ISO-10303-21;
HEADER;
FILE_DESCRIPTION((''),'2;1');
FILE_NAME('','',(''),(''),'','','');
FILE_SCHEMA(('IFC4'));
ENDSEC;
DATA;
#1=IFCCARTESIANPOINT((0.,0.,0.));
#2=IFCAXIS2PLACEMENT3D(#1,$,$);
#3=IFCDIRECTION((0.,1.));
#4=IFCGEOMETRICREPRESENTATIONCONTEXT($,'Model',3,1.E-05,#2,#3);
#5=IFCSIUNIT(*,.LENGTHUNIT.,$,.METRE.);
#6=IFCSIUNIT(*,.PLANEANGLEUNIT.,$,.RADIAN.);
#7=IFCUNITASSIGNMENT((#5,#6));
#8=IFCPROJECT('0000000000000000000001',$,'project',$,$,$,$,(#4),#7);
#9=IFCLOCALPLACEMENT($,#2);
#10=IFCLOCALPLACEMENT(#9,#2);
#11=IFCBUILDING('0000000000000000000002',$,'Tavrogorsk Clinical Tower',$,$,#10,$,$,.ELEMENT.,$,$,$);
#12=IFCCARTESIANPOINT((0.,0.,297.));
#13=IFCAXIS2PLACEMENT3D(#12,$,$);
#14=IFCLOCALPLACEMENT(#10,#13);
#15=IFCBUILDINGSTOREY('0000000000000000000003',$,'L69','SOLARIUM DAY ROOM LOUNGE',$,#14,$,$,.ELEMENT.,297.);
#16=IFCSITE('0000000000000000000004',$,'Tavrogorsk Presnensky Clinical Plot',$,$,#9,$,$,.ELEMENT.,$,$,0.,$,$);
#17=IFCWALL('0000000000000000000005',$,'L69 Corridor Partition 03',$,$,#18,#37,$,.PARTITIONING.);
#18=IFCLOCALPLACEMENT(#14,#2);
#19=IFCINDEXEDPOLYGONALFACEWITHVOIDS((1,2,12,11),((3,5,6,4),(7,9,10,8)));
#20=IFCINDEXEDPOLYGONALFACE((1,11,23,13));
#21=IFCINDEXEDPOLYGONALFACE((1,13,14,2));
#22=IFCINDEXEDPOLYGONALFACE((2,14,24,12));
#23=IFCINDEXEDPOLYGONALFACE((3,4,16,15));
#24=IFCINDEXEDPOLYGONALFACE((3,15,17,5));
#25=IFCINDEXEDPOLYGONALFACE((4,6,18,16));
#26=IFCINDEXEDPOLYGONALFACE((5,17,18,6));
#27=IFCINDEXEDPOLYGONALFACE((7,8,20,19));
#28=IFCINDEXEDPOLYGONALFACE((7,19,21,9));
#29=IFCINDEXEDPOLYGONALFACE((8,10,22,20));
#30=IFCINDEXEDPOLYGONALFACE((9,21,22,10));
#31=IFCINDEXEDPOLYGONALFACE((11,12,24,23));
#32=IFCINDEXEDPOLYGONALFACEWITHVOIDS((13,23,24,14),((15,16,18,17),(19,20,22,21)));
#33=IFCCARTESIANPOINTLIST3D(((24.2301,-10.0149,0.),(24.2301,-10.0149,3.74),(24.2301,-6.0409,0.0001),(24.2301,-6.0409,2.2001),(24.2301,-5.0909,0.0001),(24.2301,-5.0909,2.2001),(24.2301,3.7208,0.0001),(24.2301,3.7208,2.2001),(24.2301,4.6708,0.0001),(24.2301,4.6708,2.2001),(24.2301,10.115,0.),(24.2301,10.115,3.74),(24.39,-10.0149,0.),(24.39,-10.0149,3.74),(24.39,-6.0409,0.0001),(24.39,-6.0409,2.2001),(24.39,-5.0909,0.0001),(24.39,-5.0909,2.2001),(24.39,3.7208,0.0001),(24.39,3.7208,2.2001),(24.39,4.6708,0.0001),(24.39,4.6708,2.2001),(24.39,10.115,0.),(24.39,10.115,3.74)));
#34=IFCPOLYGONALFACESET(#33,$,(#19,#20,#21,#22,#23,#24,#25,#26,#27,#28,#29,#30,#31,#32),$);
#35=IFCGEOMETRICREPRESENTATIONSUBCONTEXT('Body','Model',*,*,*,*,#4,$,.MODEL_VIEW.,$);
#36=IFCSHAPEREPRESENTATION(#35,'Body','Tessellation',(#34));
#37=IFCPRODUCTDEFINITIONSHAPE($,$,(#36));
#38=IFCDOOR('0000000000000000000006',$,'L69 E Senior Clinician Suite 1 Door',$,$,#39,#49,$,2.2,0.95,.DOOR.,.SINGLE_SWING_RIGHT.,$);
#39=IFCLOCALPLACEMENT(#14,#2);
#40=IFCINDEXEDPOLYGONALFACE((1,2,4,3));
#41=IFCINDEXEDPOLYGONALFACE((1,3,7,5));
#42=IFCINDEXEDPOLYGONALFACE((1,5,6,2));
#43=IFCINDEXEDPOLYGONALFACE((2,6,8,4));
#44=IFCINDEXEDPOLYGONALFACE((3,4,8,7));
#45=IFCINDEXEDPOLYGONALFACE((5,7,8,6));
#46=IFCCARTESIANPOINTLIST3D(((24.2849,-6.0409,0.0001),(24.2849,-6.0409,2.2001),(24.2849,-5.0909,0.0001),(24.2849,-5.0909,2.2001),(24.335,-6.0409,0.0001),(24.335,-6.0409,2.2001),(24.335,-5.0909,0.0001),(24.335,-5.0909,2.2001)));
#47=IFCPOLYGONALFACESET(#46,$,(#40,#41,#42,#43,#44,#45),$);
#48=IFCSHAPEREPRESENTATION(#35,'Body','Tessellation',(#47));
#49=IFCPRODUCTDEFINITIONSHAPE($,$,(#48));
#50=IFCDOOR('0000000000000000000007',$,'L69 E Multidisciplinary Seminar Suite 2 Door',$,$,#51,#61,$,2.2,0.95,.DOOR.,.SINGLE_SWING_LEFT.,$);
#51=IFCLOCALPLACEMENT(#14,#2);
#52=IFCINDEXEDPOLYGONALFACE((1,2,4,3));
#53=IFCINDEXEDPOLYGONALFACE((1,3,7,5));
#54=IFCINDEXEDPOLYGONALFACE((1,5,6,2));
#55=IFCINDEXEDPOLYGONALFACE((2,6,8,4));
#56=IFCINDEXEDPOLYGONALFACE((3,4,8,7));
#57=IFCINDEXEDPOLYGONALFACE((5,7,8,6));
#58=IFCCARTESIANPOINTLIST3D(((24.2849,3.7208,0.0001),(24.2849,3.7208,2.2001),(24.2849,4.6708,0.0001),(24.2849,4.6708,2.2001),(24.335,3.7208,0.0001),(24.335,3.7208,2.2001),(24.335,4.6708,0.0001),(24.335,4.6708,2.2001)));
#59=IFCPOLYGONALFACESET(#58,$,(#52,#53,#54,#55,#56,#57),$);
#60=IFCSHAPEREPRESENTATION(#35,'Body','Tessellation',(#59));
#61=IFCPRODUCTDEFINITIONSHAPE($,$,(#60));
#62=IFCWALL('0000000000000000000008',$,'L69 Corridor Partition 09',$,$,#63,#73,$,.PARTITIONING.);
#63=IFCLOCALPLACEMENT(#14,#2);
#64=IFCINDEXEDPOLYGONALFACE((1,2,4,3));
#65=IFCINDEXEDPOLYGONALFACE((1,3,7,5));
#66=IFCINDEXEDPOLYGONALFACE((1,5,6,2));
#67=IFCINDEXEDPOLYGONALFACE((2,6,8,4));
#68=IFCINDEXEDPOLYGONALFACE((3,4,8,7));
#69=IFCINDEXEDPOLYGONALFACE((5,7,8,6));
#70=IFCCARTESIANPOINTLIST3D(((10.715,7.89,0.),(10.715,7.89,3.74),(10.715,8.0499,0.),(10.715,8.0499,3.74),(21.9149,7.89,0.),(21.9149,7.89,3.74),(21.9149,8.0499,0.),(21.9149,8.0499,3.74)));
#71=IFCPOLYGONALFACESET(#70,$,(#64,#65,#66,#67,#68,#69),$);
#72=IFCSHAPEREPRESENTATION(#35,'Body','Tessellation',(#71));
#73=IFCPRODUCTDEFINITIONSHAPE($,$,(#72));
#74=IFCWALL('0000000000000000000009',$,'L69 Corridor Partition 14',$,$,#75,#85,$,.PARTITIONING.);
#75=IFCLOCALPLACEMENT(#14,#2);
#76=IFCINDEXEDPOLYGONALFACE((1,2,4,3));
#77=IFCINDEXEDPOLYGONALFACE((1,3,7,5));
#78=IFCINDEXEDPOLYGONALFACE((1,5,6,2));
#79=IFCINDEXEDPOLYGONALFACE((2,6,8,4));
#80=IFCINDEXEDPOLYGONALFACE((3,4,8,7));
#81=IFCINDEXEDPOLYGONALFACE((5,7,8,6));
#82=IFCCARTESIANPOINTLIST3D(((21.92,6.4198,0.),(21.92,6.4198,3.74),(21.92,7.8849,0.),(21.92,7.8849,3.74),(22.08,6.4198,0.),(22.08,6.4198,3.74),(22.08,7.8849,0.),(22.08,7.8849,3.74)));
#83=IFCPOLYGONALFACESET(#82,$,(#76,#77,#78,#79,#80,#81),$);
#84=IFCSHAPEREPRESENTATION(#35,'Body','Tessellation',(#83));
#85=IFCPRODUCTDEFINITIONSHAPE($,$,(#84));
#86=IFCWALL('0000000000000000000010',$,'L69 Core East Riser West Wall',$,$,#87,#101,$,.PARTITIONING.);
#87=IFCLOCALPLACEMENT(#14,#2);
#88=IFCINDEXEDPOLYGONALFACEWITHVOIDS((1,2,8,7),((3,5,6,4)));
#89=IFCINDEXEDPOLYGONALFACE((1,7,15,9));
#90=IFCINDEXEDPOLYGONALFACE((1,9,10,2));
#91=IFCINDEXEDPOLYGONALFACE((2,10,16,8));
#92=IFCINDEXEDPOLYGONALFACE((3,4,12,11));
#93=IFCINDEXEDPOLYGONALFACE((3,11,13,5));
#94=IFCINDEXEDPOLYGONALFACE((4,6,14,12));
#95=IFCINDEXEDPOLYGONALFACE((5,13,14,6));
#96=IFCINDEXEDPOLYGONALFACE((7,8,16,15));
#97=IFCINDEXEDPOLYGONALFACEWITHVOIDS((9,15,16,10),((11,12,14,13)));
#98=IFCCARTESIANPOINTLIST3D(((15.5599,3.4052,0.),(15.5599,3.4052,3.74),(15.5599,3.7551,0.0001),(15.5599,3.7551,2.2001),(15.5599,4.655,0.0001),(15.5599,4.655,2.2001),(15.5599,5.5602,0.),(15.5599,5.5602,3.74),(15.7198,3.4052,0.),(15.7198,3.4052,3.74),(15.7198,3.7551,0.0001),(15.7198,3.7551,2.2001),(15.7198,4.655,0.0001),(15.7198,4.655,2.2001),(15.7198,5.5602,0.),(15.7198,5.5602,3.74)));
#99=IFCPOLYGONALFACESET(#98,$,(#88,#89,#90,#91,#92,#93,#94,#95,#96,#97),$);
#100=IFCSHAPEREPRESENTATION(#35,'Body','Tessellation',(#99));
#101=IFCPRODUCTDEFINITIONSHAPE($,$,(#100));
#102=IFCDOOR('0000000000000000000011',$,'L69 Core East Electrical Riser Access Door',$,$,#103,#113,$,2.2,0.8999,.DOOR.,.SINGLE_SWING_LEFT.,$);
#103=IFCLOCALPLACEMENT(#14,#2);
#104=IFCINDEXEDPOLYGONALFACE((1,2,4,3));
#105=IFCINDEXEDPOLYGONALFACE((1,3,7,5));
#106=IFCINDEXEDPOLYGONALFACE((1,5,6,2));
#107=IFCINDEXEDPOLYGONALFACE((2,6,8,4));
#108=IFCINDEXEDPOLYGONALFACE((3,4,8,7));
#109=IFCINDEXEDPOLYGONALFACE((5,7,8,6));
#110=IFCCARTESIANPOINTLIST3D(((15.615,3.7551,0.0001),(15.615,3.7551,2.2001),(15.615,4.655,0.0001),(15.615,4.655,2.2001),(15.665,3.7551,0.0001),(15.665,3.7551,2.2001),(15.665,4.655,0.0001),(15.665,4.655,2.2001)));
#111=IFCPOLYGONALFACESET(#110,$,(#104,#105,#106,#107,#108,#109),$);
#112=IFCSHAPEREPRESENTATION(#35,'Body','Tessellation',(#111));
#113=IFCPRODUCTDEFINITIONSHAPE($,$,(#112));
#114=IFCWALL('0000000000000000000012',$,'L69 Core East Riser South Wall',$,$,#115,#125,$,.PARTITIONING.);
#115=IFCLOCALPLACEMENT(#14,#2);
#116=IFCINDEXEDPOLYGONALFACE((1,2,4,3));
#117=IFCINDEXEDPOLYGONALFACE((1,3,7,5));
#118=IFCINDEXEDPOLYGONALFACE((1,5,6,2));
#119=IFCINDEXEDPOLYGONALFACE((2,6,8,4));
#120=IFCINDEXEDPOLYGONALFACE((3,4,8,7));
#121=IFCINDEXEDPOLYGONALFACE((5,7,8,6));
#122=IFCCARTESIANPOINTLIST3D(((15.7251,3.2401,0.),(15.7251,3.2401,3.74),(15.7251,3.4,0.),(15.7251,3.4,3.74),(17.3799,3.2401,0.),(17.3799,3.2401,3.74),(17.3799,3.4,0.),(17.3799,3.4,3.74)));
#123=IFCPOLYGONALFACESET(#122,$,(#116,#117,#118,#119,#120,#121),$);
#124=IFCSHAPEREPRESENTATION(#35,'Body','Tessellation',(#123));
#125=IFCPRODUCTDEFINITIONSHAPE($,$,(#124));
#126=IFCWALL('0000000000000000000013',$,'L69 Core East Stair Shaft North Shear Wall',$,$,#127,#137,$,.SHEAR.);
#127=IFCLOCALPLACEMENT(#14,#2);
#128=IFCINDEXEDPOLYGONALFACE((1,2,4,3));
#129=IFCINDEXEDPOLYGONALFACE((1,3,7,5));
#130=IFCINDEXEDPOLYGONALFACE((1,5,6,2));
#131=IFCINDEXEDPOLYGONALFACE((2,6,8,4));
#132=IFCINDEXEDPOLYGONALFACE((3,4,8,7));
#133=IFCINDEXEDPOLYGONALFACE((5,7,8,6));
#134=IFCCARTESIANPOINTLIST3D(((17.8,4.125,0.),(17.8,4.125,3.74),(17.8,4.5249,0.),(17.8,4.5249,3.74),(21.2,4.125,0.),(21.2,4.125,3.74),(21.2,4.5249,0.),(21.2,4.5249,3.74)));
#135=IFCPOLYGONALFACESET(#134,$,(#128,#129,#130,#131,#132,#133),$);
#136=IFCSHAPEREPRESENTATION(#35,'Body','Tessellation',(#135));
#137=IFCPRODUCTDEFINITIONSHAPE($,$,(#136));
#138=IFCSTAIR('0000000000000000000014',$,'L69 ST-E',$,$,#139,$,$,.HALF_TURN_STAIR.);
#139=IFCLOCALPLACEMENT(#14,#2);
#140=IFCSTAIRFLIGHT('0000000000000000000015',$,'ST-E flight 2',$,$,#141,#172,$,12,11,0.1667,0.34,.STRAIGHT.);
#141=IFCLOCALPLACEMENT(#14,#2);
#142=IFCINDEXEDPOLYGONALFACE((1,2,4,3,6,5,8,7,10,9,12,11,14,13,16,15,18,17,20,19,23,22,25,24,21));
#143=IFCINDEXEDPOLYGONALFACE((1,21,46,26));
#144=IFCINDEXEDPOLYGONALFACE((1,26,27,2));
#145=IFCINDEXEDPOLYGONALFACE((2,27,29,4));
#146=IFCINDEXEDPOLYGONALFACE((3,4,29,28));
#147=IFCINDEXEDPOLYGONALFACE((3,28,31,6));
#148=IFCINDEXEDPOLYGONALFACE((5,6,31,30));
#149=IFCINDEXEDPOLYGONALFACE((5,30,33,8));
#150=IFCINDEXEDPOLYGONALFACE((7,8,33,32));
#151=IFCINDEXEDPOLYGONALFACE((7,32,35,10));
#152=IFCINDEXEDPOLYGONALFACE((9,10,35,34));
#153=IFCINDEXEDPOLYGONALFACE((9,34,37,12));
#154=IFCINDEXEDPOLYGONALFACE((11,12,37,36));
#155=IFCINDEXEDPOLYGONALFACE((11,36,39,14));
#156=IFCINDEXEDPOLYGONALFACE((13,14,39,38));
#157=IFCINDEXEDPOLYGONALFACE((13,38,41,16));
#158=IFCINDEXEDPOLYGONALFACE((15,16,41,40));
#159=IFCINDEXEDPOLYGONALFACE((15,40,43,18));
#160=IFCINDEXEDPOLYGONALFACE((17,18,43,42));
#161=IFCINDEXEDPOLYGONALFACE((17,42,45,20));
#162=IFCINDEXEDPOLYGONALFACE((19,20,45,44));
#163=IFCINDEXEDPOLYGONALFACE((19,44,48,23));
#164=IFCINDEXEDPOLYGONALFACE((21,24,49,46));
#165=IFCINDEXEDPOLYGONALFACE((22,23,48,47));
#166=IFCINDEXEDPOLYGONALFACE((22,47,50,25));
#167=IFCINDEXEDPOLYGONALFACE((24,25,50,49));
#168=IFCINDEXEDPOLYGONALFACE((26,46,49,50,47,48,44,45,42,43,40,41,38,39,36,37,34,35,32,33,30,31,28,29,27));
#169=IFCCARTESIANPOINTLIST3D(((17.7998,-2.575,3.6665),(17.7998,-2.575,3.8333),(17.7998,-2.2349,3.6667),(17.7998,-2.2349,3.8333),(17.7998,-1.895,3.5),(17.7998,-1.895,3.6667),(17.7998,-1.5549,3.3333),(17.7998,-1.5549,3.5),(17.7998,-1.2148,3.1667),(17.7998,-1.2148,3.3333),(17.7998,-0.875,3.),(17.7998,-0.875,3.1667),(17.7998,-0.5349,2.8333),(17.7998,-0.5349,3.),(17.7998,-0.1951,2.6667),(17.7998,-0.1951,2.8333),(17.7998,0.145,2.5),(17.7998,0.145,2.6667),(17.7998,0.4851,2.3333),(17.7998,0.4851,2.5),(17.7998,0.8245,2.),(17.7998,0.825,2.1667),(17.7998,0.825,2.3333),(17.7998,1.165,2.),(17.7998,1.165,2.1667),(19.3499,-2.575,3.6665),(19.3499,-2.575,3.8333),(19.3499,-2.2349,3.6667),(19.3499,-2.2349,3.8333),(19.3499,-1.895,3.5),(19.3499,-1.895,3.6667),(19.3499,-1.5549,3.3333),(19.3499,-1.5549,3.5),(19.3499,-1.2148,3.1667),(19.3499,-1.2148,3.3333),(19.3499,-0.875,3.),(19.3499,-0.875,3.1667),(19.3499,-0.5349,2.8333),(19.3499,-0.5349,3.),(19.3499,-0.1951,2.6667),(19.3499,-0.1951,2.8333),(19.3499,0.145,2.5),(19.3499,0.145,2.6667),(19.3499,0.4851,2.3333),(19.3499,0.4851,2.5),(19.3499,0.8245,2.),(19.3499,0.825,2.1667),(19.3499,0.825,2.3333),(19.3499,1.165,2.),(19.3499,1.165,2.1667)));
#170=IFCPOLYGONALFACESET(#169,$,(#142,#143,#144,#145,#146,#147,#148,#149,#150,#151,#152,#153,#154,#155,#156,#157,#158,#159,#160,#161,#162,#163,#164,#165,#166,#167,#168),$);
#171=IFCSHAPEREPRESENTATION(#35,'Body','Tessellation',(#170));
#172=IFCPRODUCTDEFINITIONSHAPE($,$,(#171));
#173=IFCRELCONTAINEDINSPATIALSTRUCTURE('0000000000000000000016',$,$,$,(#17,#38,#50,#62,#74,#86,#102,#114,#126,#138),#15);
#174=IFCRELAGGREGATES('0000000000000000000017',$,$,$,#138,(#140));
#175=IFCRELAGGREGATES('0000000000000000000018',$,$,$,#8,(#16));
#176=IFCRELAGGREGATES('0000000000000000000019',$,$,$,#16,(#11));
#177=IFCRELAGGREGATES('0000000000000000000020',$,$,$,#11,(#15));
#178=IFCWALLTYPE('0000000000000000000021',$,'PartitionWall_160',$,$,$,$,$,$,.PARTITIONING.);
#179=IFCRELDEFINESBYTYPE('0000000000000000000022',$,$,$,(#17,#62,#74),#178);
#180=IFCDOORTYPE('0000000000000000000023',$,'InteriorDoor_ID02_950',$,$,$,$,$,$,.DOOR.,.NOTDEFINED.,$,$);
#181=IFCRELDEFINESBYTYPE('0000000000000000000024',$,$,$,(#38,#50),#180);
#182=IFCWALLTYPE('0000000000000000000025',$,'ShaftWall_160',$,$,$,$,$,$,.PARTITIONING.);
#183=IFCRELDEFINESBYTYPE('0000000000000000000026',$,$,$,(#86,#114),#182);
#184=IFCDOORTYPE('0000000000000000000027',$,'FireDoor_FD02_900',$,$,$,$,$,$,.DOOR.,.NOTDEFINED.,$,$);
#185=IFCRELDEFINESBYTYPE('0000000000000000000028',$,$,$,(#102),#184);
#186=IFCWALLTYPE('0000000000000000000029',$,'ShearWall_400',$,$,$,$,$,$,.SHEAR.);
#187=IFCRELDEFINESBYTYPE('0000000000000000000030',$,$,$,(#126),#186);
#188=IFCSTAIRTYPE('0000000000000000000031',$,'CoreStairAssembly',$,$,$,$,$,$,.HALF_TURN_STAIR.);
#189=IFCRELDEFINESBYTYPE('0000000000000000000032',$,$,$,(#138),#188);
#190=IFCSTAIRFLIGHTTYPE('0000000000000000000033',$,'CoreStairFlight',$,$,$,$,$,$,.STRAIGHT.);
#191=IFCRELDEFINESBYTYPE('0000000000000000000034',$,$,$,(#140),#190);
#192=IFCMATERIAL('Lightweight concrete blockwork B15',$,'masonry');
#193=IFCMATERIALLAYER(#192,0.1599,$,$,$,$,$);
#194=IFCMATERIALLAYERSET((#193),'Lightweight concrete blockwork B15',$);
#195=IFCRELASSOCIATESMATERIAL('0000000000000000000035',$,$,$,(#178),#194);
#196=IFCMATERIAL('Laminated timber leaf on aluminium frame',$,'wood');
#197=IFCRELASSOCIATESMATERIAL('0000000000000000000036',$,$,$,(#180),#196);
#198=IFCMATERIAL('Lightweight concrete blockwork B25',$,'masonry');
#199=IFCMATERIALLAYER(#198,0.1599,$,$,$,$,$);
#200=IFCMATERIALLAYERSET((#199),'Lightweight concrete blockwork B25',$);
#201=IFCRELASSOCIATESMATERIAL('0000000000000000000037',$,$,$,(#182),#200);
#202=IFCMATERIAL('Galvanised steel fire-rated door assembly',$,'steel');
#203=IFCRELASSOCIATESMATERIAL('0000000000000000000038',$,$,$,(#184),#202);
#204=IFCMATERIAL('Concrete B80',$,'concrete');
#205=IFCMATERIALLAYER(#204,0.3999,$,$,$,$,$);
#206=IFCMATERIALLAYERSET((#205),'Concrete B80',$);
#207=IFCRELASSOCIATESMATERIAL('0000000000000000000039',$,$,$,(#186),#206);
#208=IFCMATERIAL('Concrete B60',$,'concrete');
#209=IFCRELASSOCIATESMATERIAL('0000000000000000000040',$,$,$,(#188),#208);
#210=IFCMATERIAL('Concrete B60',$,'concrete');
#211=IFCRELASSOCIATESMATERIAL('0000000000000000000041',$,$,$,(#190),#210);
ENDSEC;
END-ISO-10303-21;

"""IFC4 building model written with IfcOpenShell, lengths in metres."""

from ifc_helpers import new_model, si_unit, direction, frame, frame_2d, origin, place, context, subcontext, project, spatial, polyline, rectangle, outline, extrude, material, layer, layer_set, type_object, element, fill, aggregate, save


model = new_model("IFC4")

# Units and contexts
model_context = context("Model", 3, precision=1e-05, world=origin(), true_north=direction((0.0, 1.0)))
body_context = subcontext(model_context, "Body", "Model", "MODEL_VIEW")
ifc_project = project(units=[si_unit("LENGTHUNIT", "METRE"), si_unit("PLANEANGLEUNIT", "RADIAN")], contexts=[model_context])

# Site, building, storey
site_placement = place(None, origin())
site = spatial("IfcSite", under=ifc_project, at=site_placement, Name="Tavrogorsk Presnensky Clinical Plot", CompositionType="ELEMENT", RefElevation=0.0)
building_placement = place(site_placement, origin())
building = spatial("IfcBuilding", under=site, at=building_placement, Name="Tavrogorsk Clinical Tower", CompositionType="ELEMENT")
storey_placement = place(building_placement, frame((0.0, 0.0, 297.0)))
storey = spatial("IfcBuildingStorey", under=building, at=storey_placement, Name="L69", Description="SOLARIUM DAY ROOM LOUNGE", CompositionType="ELEMENT", Elevation=297.0)

# Wall, openings, doors
ifc_material_1 = material(Name="Lightweight concrete blockwork B15", Category="masonry")
ifc_layer_1 = layer(ifc_material_1, 0.1599)
ifc_layer_set_1 = layer_set([ifc_layer_1], Name="Lightweight concrete blockwork B15")
wall_type_1 = type_object("IfcWallType", Name="PartitionWall_160", PredefinedType="PARTITIONING", material=ifc_layer_set_1)
wall_1_placement = place(storey_placement, frame((24.3101, 10.115, 0.0), z_axis=(0.0, 0.0, 1.0), x_axis=(0.0, -1.0, 0.0)))
wall_1 = element("IfcWall", 1, at=wall_1_placement, inside=storey, type_object=wall_type_1, Name="L69 Corridor Partition 03", PredefinedType="PARTITIONING", context=body_context, shape_type="SweptSolid", body=[
    extrude(rectangle(XDim=20.1299, YDim=0.1599, at=frame_2d((10.0649, 0.0))), origin(), (0.0, 0.0, 1.0), 3.74),
])
opening_1_placement = place(wall_1_placement, frame((15.2058, 0.0, 0.0)))
opening_1 = element("IfcOpeningElement", 2, at=opening_1_placement, cuts=wall_1, PredefinedType="OPENING", context=body_context, shape_type="SweptSolid", body=[
    extrude(rectangle(XDim=0.95, YDim=2.2, at=frame_2d((0.4751, 1.1001))), frame((0.0, 0.0898, 0.0), z_axis=(0.0, -1.0, 0.0), x_axis=(1.0, 0.0, 0.0)), (0.0, 0.0, 1.0), 0.1799),
])
opening_2_placement = place(wall_1_placement, frame((5.4441, 0.0, 0.0)))
opening_2 = element("IfcOpeningElement", 3, at=opening_2_placement, cuts=wall_1, PredefinedType="OPENING", context=body_context, shape_type="SweptSolid", body=[
    extrude(rectangle(XDim=0.95, YDim=2.2, at=frame_2d((0.4751, 1.1001))), frame((0.0, 0.0898, 0.0), z_axis=(0.0, -1.0, 0.0), x_axis=(1.0, 0.0, 0.0)), (0.0, 0.0, 1.0), 0.1799),
])
ifc_material_2 = material(Name="Laminated timber leaf on aluminium frame", Category="wood")
door_type_1 = type_object("IfcDoorType", Name="InteriorDoor_ID02_950", OperationType="NOTDEFINED", PredefinedType="DOOR", material=ifc_material_2)
door_1_placement = place(opening_1_placement, origin())
door_1 = element("IfcDoor", 4, at=door_1_placement, inside=storey, type_object=door_type_1, Name="L69 E Senior Clinician Suite 1 Door", OperationType="SINGLE_SWING_RIGHT", OverallHeight=2.2, OverallWidth=0.95, PredefinedType="DOOR", context=body_context, shape_type="SweptSolid", body=[
    extrude(rectangle(XDim=0.95, YDim=2.2, at=frame_2d((0.4751, 1.1001))), frame((0.0, 0.0249, 0.0), z_axis=(0.0, -1.0, 0.0), x_axis=(1.0, 0.0, 0.0)), (0.0, 0.0, 1.0), 0.05),
])
fill(opening_1, door_1)
door_2_placement = place(opening_2_placement, origin())
door_2 = element("IfcDoor", 5, at=door_2_placement, inside=storey, type_object=door_type_1, Name="L69 E Multidisciplinary Seminar Suite 2 Door", OperationType="SINGLE_SWING_LEFT", OverallHeight=2.2, OverallWidth=0.95, PredefinedType="DOOR", context=body_context, shape_type="SweptSolid", body=[
    extrude(rectangle(XDim=0.95, YDim=2.2, at=frame_2d((0.4751, 1.1001))), frame((0.0, 0.0249, 0.0), z_axis=(0.0, -1.0, 0.0), x_axis=(1.0, 0.0, 0.0)), (0.0, 0.0, 1.0), 0.05),
])
fill(opening_2, door_2)

# Walls
wall_2_placement = place(storey_placement, frame((21.915, 7.97, 0.0), z_axis=(0.0, 0.0, 1.0), x_axis=(-1.0, 0.0, 0.0)))
element("IfcWall", 6, at=wall_2_placement, inside=storey, type_object=wall_type_1, Name="L69 Corridor Partition 09", PredefinedType="PARTITIONING", context=body_context, shape_type="SweptSolid", body=[
    extrude(rectangle(XDim=11.2, YDim=0.1599, at=frame_2d((5.6001, 0.0))), origin(), (0.0, 0.0, 1.0), 3.74),
])
wall_3_placement = place(storey_placement, frame((22.0, 6.4199, 0.0), z_axis=(0.0, 0.0, 1.0), x_axis=(0.0, 1.0, 0.0)))
element("IfcWall", 7, at=wall_3_placement, inside=storey, type_object=wall_type_1, Name="L69 Corridor Partition 14", PredefinedType="PARTITIONING", context=body_context, shape_type="SweptSolid", body=[
    extrude(rectangle(XDim=1.4651, YDim=0.1599, at=frame_2d((0.7324, 0.0))), origin(), (0.0, 0.0, 1.0), 3.74),
])

# Wall, opening, door
ifc_material_3 = material(Name="Lightweight concrete blockwork B25", Category="masonry")
ifc_layer_2 = layer(ifc_material_3, 0.1599)
ifc_layer_set_2 = layer_set([ifc_layer_2], Name="Lightweight concrete blockwork B25")
wall_type_2 = type_object("IfcWallType", Name="ShaftWall_160", PredefinedType="PARTITIONING", material=ifc_layer_set_2)
wall_4_placement = place(storey_placement, frame((15.6399, 3.405, 0.0), z_axis=(0.0, 0.0, 1.0), x_axis=(0.0, 1.0, 0.0)))
wall_4 = element("IfcWall", 8, at=wall_4_placement, inside=storey, type_object=wall_type_2, Name="L69 Core East Riser West Wall", PredefinedType="PARTITIONING", context=body_context, shape_type="SweptSolid", body=[
    extrude(rectangle(XDim=2.155, YDim=0.1599, at=frame_2d((1.0776, 0.0))), origin(), (0.0, 0.0, 1.0), 3.74),
])
opening_3_placement = place(wall_4_placement, frame((0.3501, 0.0, 0.0)))
opening_3 = element("IfcOpeningElement", 9, at=opening_3_placement, cuts=wall_4, PredefinedType="OPENING", context=body_context, shape_type="SweptSolid", body=[
    extrude(rectangle(XDim=0.8999, YDim=2.2, at=frame_2d((0.45, 1.1001))), frame((0.0, 0.0898, 0.0), z_axis=(0.0, -1.0, 0.0), x_axis=(1.0, 0.0, 0.0)), (0.0, 0.0, 1.0), 0.1799),
])
ifc_material_4 = material(Name="Galvanised steel fire-rated door assembly", Category="steel")
door_type_2 = type_object("IfcDoorType", Name="FireDoor_FD02_900", OperationType="NOTDEFINED", PredefinedType="DOOR", material=ifc_material_4)
door_3_placement = place(opening_3_placement, origin())
door_3 = element("IfcDoor", 10, at=door_3_placement, inside=storey, type_object=door_type_2, Name="L69 Core East Electrical Riser Access Door", OperationType="SINGLE_SWING_LEFT", OverallHeight=2.2, OverallWidth=0.8999, PredefinedType="DOOR", context=body_context, shape_type="SweptSolid", body=[
    extrude(rectangle(XDim=0.8999, YDim=2.2, at=frame_2d((0.45, 1.1001))), frame((0.0, 0.0249, 0.0), z_axis=(0.0, -1.0, 0.0), x_axis=(1.0, 0.0, 0.0)), (0.0, 0.0, 1.0), 0.05),
])
fill(opening_3, door_3)

# Walls
wall_5_placement = place(storey_placement, frame((15.7251, 3.3201, 0.0), z_axis=(0.0, 0.0, 1.0), x_axis=(1.0, 0.0, 0.0)))
element("IfcWall", 11, at=wall_5_placement, inside=storey, type_object=wall_type_2, Name="L69 Core East Riser South Wall", PredefinedType="PARTITIONING", context=body_context, shape_type="SweptSolid", body=[
    extrude(rectangle(XDim=1.6548, YDim=0.1599, at=frame_2d((0.8274, 0.0))), origin(), (0.0, 0.0, 1.0), 3.74),
])
ifc_material_5 = material(Name="Concrete B80", Category="concrete")
ifc_layer_3 = layer(ifc_material_5, 0.3999)
ifc_layer_set_3 = layer_set([ifc_layer_3], Name="Concrete B80")
wall_type_3 = type_object("IfcWallType", Name="ShearWall_400", PredefinedType="SHEAR", material=ifc_layer_set_3)
wall_6_placement = place(storey_placement, frame((17.8, 4.325, 0.0), z_axis=(0.0, 0.0, 1.0), x_axis=(1.0, 0.0, 0.0)))
element("IfcWall", 12, at=wall_6_placement, inside=storey, type_object=wall_type_3, Name="L69 Core East Stair Shaft North Shear Wall", PredefinedType="SHEAR", context=body_context, shape_type="SweptSolid", body=[
    extrude(rectangle(XDim=3.3999, YDim=0.3999, at=frame_2d((1.7, 0.0))), origin(), (0.0, 0.0, 1.0), 3.74),
])

# Stair, stair flight
ifc_material_6 = material(Name="Concrete B60", Category="concrete")
stair_type = type_object("IfcStairType", Name="CoreStairAssembly", PredefinedType="HALF_TURN_STAIR", material=ifc_material_6)
stair_placement = place(storey_placement, origin())
stair = element("IfcStair", 13, at=stair_placement, inside=storey, type_object=stair_type, Name="L69 ST-E", PredefinedType="HALF_TURN_STAIR")
ifc_material_7 = material(Name="Concrete B60", Category="concrete")
stair_flight_type = type_object("IfcStairFlightType", Name="CoreStairFlight", PredefinedType="STRAIGHT", material=ifc_material_7)
stair_flight_placement = place(storey_placement, frame((18.575, 1.165, 2.0), z_axis=(0.0, 0.0, 1.0), x_axis=(0.0, -1.0, 0.0)))
stair_flight = element("IfcStairFlight", 14, at=stair_flight_placement, type_object=stair_flight_type, Name="ST-E flight 2", NumberOfRisers=12, NumberOfTreads=11, PredefinedType="STRAIGHT", RiserHeight=0.1667, TreadLength=0.34, context=body_context, shape_type="SweptSolid", body=[
    extrude(outline(polyline([(0.0, 0.0), (0.0, 0.1667), (0.3401, 0.1667), (0.3401, 0.3333), (0.6799, 0.3333), (0.6799, 0.5), (1.02, 0.5), (1.02, 0.6667), (1.3601, 0.6667), (1.3601, 0.8333), (1.7, 0.8333), (1.7, 1.0), (2.04, 1.0), (2.04, 1.1667), (2.3799, 1.1667), (2.3799, 1.3333), (2.72, 1.3333), (2.72, 1.5), (3.0601, 1.5), (3.0601, 1.6667), (3.3999, 1.6667), (3.3999, 1.8333), (3.74, 1.8333), (3.74, 2.0), (3.74, 1.6665), (0.3406, 0.0), (0.0, 0.0)])), frame((0.0, 0.7749, 0.0), z_axis=(0.0, -1.0, 0.0), x_axis=(1.0, 0.0, 0.0)), (0.0, 0.0, 1.0), 1.55),
])
aggregate(stair, [stair_flight])

save(model, "model.ifc")
